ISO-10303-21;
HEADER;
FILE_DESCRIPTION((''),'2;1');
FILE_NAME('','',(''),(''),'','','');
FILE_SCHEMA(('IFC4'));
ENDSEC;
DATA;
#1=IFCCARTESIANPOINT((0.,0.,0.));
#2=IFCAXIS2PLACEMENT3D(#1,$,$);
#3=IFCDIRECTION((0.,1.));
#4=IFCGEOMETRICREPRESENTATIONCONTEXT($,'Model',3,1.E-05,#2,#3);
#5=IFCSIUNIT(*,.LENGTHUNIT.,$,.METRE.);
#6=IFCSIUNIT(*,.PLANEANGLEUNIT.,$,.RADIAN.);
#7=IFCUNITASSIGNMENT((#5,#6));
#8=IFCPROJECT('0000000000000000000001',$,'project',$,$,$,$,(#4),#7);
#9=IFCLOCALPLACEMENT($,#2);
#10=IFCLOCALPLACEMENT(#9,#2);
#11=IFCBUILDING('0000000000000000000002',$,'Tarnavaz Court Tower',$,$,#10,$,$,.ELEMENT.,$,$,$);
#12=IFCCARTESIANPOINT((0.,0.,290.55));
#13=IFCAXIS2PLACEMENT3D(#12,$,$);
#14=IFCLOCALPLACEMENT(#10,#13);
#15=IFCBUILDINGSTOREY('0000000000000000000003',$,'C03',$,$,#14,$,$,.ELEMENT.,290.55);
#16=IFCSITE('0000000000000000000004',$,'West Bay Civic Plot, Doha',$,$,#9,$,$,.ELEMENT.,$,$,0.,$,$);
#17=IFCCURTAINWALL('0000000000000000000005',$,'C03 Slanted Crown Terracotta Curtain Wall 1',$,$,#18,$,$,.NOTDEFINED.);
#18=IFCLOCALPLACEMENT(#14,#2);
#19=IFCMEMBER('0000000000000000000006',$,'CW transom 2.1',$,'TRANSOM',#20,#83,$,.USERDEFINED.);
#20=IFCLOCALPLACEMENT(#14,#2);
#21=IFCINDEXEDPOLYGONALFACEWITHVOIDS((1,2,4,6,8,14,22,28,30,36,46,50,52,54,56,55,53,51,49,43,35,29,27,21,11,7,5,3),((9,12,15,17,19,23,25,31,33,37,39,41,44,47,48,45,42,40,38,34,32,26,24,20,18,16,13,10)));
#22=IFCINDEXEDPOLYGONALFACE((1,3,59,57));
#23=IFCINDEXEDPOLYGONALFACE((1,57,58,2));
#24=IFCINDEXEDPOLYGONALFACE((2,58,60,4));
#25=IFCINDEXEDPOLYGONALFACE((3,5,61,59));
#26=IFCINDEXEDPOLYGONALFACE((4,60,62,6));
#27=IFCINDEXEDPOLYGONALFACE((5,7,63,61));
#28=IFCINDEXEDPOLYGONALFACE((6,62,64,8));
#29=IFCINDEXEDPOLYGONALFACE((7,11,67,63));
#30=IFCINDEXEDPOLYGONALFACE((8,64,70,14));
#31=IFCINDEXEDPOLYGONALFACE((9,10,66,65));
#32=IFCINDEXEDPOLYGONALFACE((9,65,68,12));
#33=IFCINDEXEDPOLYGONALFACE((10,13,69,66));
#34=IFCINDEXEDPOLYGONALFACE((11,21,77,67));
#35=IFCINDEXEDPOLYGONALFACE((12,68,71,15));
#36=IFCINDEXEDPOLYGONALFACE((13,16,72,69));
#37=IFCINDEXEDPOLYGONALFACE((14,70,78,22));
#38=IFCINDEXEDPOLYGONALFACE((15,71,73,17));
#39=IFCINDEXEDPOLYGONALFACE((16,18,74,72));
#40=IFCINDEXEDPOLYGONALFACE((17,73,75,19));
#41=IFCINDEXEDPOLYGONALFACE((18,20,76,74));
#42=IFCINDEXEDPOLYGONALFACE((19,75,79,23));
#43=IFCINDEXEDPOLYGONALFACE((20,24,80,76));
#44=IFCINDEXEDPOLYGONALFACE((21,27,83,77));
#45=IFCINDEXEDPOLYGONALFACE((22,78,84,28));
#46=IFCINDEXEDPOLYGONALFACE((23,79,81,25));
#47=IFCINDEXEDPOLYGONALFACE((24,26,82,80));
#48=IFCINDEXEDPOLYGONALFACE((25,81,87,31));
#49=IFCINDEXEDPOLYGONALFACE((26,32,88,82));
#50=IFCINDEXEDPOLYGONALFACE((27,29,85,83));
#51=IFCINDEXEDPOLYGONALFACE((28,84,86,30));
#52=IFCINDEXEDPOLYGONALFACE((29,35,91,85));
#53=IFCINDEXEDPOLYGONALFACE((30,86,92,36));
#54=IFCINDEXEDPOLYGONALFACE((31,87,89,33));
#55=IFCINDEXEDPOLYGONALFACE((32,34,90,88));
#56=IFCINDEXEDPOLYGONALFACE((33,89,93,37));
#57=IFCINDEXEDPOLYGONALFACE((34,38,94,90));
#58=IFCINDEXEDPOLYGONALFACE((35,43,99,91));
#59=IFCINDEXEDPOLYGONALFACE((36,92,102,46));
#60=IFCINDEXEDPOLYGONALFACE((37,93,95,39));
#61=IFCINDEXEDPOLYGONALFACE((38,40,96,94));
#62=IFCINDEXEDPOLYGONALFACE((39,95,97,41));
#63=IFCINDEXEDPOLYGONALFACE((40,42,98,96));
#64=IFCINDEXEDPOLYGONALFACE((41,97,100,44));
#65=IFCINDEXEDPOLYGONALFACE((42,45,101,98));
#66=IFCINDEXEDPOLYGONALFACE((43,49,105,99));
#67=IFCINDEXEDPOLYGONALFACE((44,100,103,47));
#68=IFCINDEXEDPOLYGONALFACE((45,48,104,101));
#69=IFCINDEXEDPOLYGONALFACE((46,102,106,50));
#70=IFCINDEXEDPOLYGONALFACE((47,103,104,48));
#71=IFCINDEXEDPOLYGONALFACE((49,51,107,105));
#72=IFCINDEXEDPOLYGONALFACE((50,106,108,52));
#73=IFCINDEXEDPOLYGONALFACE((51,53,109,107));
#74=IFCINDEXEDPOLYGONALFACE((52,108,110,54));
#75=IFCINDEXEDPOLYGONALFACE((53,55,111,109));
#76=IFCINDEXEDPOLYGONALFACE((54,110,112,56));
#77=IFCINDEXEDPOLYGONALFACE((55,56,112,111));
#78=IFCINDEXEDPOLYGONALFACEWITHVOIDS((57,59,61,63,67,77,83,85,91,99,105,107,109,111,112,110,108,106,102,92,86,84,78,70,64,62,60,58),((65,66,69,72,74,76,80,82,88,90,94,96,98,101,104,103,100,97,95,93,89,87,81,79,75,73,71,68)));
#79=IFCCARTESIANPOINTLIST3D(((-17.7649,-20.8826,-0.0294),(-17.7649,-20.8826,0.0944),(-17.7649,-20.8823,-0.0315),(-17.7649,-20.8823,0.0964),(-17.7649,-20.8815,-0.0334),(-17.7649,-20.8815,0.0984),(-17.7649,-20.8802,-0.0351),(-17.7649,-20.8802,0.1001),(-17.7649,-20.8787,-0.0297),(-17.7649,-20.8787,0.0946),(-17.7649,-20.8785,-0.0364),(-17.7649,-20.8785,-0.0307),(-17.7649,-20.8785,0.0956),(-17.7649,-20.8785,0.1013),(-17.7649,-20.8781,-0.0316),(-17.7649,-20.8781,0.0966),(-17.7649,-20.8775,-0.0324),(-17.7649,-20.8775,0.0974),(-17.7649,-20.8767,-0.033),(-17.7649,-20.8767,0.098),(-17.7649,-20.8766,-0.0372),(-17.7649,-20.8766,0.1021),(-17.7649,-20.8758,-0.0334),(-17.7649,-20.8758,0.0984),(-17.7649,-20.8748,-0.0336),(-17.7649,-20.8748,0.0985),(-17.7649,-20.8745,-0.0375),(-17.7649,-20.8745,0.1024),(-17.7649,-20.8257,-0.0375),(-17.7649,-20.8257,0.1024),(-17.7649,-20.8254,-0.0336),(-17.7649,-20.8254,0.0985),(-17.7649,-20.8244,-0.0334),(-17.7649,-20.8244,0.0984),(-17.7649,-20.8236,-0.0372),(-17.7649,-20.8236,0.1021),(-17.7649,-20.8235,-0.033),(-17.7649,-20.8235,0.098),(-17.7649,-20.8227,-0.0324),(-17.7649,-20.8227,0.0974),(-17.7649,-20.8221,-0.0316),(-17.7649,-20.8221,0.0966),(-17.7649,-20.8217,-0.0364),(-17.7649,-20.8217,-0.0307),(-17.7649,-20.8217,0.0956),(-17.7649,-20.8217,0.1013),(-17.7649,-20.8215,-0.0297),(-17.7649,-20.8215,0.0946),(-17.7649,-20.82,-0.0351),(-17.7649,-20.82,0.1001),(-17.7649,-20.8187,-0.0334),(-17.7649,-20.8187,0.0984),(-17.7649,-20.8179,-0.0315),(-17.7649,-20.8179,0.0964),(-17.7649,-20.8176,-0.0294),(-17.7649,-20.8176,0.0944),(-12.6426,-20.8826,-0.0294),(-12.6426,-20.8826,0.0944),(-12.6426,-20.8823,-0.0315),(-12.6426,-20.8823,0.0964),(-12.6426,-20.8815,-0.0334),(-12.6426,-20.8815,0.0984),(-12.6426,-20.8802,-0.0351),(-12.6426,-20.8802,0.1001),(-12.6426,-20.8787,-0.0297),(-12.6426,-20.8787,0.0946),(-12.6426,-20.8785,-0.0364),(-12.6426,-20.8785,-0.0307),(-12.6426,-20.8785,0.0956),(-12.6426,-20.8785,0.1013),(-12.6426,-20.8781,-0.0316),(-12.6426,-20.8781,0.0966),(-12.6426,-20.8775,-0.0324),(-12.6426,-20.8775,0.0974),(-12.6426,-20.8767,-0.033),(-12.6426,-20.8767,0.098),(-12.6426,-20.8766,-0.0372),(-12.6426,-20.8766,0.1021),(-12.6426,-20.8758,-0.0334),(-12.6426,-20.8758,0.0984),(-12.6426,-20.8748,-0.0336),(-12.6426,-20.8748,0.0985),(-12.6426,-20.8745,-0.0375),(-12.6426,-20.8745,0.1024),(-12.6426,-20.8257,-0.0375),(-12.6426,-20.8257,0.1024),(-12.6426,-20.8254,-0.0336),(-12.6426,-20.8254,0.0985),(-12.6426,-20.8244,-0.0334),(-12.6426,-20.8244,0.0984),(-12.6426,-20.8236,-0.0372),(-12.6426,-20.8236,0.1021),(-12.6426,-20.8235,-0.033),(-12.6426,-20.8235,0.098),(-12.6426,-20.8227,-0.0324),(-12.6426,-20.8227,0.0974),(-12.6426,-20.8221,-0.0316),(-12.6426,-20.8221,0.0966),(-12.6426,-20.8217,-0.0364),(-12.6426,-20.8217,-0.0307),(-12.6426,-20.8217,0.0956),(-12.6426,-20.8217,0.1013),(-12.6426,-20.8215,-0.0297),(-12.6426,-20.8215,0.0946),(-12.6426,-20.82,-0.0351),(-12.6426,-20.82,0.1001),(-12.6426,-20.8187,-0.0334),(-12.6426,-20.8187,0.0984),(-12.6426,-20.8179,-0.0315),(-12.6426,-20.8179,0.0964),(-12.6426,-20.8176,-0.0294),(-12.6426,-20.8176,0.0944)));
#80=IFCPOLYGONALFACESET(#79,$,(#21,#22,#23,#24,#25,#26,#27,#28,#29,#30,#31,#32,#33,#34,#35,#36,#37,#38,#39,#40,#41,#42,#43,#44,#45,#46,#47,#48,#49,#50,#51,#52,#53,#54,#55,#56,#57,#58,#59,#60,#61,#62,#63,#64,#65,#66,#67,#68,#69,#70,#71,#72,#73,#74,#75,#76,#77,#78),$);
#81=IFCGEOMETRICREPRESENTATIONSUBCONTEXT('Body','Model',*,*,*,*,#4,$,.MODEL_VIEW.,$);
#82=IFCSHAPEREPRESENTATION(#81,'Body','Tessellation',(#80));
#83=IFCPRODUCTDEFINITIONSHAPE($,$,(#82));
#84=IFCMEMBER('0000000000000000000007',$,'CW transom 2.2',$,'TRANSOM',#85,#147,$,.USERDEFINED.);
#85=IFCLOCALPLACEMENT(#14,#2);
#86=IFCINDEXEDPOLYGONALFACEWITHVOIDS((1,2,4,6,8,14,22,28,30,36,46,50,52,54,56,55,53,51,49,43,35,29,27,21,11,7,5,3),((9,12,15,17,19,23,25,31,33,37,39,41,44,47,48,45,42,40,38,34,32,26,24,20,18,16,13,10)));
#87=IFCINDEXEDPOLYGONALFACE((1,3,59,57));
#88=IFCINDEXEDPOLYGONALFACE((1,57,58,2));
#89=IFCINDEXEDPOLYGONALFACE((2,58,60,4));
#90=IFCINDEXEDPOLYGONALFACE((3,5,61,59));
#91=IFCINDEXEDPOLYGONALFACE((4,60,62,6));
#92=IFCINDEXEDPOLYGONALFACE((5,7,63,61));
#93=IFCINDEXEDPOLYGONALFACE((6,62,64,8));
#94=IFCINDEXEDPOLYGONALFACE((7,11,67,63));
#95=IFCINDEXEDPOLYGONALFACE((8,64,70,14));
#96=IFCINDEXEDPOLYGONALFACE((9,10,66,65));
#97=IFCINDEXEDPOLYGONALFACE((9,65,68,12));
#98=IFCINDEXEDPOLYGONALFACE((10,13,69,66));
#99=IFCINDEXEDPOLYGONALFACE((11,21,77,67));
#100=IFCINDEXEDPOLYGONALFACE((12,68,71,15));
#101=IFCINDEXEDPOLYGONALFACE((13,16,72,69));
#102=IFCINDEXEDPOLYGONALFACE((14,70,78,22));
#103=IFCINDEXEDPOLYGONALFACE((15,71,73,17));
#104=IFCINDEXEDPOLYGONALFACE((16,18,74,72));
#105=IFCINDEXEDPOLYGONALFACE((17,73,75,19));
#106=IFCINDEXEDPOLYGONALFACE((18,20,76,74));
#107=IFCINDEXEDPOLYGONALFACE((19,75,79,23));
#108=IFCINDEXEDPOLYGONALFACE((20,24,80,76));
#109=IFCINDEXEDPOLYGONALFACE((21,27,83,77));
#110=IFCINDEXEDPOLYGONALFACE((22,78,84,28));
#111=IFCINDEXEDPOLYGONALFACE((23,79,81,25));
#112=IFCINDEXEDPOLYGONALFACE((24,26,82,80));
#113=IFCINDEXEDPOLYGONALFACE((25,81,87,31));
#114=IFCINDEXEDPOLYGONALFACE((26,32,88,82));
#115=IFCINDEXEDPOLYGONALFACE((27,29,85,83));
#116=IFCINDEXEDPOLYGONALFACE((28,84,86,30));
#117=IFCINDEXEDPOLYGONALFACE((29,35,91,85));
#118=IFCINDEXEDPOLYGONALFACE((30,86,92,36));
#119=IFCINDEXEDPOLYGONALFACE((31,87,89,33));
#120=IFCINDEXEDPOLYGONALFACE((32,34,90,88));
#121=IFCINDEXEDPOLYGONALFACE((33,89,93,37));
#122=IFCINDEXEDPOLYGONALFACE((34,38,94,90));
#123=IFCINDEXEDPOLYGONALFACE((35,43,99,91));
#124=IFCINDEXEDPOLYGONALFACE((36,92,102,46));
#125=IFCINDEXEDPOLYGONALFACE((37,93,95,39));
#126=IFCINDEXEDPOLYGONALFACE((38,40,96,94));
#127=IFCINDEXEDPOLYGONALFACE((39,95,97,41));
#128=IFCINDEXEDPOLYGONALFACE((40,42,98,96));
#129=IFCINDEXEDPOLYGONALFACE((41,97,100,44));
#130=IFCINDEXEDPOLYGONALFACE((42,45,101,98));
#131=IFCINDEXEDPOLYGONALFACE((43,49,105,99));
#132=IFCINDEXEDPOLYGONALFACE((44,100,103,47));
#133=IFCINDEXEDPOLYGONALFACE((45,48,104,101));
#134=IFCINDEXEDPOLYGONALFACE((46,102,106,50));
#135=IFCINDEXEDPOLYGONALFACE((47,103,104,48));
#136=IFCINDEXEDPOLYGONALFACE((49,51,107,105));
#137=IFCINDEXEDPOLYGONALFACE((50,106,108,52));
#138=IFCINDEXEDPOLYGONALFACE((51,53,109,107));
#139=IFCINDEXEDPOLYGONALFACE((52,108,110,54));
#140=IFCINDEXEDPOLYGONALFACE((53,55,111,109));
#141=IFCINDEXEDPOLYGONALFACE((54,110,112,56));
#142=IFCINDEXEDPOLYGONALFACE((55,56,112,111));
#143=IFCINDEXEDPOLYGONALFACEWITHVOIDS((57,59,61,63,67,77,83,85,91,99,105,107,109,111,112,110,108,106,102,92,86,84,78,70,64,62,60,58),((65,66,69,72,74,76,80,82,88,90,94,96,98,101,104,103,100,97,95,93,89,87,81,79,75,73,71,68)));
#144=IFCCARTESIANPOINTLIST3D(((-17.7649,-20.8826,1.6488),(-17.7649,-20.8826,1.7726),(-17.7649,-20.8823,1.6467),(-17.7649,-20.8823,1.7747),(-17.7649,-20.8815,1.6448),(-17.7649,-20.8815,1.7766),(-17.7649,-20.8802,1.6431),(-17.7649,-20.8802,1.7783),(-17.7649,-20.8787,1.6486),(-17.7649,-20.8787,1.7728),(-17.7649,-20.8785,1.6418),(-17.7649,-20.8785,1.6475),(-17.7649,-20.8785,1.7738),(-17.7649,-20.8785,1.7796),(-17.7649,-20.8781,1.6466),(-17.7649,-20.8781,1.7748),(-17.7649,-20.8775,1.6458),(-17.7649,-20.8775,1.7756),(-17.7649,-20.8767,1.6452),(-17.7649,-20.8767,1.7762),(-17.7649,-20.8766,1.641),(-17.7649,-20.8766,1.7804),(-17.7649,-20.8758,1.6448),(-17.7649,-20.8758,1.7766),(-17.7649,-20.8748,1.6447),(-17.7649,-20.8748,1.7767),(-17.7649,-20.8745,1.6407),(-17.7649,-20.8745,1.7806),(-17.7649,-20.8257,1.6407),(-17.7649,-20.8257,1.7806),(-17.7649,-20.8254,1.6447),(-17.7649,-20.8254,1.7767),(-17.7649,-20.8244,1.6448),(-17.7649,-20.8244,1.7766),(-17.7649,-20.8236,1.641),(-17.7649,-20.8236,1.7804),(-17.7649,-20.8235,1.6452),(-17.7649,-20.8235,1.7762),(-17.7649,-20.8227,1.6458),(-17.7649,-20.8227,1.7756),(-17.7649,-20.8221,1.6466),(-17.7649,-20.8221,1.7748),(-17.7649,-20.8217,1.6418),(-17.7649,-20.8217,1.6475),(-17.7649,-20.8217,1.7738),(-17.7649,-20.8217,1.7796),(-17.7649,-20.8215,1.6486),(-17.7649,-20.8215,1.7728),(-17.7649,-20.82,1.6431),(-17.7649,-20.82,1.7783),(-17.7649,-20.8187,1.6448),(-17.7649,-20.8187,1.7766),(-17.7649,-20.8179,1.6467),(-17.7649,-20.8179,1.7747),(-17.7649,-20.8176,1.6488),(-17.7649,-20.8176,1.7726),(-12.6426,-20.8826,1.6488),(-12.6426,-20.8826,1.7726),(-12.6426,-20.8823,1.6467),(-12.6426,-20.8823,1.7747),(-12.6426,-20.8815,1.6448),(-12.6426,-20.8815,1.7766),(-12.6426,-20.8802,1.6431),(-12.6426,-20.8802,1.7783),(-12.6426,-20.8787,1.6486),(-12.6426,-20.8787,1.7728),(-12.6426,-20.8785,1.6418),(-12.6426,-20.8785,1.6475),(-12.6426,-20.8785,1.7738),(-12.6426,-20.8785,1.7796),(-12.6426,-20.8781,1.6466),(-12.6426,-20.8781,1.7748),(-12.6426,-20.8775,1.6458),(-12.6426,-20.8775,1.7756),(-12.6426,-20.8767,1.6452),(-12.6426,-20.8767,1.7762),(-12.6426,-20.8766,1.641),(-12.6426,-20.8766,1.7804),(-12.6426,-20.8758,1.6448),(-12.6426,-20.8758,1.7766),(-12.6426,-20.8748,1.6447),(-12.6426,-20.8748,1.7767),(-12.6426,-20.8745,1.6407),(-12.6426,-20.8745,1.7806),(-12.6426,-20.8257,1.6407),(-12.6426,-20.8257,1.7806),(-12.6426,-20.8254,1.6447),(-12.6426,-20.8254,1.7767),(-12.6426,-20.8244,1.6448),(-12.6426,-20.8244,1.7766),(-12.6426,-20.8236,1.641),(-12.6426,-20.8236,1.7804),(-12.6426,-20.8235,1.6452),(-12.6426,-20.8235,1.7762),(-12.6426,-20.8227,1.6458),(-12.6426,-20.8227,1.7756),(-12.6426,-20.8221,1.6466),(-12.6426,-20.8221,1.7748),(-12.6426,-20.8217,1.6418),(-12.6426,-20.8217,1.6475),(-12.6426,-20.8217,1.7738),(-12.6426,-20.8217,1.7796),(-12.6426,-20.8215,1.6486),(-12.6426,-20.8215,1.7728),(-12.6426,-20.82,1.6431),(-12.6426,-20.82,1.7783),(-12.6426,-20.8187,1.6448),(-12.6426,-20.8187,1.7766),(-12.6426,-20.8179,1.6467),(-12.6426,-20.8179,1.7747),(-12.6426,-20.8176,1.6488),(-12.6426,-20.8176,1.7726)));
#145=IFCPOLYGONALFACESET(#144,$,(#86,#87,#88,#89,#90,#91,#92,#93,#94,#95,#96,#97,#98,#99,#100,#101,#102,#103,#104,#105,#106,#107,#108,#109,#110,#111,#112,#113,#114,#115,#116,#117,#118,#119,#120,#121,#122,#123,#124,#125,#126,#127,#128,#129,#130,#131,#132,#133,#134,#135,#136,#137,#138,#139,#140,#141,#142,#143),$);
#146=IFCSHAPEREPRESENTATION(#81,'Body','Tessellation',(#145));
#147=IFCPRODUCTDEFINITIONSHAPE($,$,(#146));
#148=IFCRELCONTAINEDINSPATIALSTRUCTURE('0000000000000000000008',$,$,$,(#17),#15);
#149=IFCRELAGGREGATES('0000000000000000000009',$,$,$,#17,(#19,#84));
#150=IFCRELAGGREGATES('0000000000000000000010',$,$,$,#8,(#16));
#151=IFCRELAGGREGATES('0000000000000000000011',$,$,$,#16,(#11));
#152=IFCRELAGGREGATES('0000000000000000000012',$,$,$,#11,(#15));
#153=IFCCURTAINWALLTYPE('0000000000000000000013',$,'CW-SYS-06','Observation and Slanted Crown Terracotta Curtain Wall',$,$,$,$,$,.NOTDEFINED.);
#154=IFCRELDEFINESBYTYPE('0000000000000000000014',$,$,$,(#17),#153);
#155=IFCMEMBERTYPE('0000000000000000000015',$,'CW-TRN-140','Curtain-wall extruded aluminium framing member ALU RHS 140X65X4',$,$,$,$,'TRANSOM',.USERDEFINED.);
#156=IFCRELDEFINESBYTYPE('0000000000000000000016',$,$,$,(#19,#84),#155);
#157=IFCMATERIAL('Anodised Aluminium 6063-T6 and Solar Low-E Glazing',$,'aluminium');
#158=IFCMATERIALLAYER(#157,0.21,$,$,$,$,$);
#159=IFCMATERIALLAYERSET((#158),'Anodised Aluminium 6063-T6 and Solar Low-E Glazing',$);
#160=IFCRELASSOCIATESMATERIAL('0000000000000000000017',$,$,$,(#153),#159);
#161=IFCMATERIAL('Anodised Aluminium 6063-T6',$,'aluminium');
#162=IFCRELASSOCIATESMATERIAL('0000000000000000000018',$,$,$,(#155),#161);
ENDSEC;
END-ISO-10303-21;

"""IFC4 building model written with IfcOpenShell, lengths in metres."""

from ifc_helpers import new_model, si_unit, direction, frame, origin, origin_2d, place, context, subcontext, project, spatial, hollow_rectangle, extrude, material, layer, layer_set, material_profile, profile_set, type_object, element, aggregate, save


model = new_model("IFC4")

# Units and contexts
model_context = context("Model", 3, precision=1e-05, world=origin(), true_north=direction((0.0, 1.0)))
body_context = subcontext(model_context, "Body", "Model", "MODEL_VIEW")
ifc_project = project(units=[si_unit("LENGTHUNIT", "METRE"), si_unit("PLANEANGLEUNIT", "RADIAN")], contexts=[model_context])

# Site, building, storey
site_placement = place(None, origin())
site = spatial("IfcSite", under=ifc_project, at=site_placement, Name="West Bay Civic Plot, Doha", CompositionType="ELEMENT", RefElevation=0.0)
building_placement = place(site_placement, origin())
building = spatial("IfcBuilding", under=site, at=building_placement, Name="Tarnavaz Court Tower", CompositionType="ELEMENT")
storey_placement = place(building_placement, frame((0.0, 0.0, 290.55)))
storey = spatial("IfcBuildingStorey", under=building, at=storey_placement, Name="C03", CompositionType="ELEMENT", Elevation=290.55)

# Curtain wall
ifc_material_1 = material(Name="Anodised Aluminium 6063-T6 and Solar Low-E Glazing", Category="aluminium")
ifc_layer_1 = layer(ifc_material_1, 0.21)
ifc_layer_set_1 = layer_set([ifc_layer_1], Name="Anodised Aluminium 6063-T6 and Solar Low-E Glazing")
curtain_wall_type = type_object("IfcCurtainWallType", Name="CW-SYS-06", Description="Observation and Slanted Crown Terracotta Curtain Wall", PredefinedType="NOTDEFINED", material=ifc_layer_set_1)
curtain_wall_1_placement = place(storey_placement, origin())
curtain_wall_1 = element("IfcCurtainWall", 1, at=curtain_wall_1_placement, inside=storey, type_object=curtain_wall_type, Name="C03 Slanted Crown Terracotta Curtain Wall 1", PredefinedType="NOTDEFINED")
ifc_material_2 = material(Name="Anodised Aluminium 6063-T6", Category="aluminium")

# Members
ifc_material_profile_1 = material_profile(ifc_material_2, hollow_rectangle(XDim=0.0649, YDim=0.1399, WallThickness=0.0039, InnerFilletRadius=0.0039, OuterFilletRadius=0.0081, at=origin_2d()), Name="ALU RHS 140X65X4")
ifc_profile_set_1 = profile_set([ifc_material_profile_1], Name="Anodised Aluminium 6063-T6")
member_type_1 = type_object("IfcMemberType", Name="CW-TRN-140", Description="Curtain-wall extruded aluminium framing member ALU RHS 140X65X4", ElementType="TRANSOM", PredefinedType="USERDEFINED", material=ifc_profile_set_1)
member_1_placement = place(storey_placement, frame((-12.6426, -20.8501, 0.0325), z_axis=(-1.0, 0.0, 0.0), x_axis=(0.0, -1.0, 0.0)))
member_1 = element("IfcMember", 2, at=member_1_placement, type_object=member_type_1, Name="CW transom 2.1", ObjectType="TRANSOM", PredefinedType="USERDEFINED", context=body_context, shape_type="SweptSolid", body=[
    extrude(hollow_rectangle(XDim=0.0649, YDim=0.1399, WallThickness=0.0039, InnerFilletRadius=0.0039, OuterFilletRadius=0.0081, at=origin_2d()), origin(), (0.0, 0.0, 1.0), 5.1223),
])
member_2_placement = place(storey_placement, frame((-12.6426, -20.8501, 1.7107), z_axis=(-1.0, 0.0, 0.0), x_axis=(0.0, -1.0, 0.0)))
member_2 = element("IfcMember", 3, at=member_2_placement, type_object=member_type_1, Name="CW transom 2.2", ObjectType="TRANSOM", PredefinedType="USERDEFINED", context=body_context, shape_type="SweptSolid", body=[
    extrude(hollow_rectangle(XDim=0.0649, YDim=0.1399, WallThickness=0.0039, InnerFilletRadius=0.0039, OuterFilletRadius=0.0081, at=origin_2d()), origin(), (0.0, 0.0, 1.0), 5.1223),
])

aggregate(curtain_wall_1, [member_1, member_2])

save(model, "model.ifc")
